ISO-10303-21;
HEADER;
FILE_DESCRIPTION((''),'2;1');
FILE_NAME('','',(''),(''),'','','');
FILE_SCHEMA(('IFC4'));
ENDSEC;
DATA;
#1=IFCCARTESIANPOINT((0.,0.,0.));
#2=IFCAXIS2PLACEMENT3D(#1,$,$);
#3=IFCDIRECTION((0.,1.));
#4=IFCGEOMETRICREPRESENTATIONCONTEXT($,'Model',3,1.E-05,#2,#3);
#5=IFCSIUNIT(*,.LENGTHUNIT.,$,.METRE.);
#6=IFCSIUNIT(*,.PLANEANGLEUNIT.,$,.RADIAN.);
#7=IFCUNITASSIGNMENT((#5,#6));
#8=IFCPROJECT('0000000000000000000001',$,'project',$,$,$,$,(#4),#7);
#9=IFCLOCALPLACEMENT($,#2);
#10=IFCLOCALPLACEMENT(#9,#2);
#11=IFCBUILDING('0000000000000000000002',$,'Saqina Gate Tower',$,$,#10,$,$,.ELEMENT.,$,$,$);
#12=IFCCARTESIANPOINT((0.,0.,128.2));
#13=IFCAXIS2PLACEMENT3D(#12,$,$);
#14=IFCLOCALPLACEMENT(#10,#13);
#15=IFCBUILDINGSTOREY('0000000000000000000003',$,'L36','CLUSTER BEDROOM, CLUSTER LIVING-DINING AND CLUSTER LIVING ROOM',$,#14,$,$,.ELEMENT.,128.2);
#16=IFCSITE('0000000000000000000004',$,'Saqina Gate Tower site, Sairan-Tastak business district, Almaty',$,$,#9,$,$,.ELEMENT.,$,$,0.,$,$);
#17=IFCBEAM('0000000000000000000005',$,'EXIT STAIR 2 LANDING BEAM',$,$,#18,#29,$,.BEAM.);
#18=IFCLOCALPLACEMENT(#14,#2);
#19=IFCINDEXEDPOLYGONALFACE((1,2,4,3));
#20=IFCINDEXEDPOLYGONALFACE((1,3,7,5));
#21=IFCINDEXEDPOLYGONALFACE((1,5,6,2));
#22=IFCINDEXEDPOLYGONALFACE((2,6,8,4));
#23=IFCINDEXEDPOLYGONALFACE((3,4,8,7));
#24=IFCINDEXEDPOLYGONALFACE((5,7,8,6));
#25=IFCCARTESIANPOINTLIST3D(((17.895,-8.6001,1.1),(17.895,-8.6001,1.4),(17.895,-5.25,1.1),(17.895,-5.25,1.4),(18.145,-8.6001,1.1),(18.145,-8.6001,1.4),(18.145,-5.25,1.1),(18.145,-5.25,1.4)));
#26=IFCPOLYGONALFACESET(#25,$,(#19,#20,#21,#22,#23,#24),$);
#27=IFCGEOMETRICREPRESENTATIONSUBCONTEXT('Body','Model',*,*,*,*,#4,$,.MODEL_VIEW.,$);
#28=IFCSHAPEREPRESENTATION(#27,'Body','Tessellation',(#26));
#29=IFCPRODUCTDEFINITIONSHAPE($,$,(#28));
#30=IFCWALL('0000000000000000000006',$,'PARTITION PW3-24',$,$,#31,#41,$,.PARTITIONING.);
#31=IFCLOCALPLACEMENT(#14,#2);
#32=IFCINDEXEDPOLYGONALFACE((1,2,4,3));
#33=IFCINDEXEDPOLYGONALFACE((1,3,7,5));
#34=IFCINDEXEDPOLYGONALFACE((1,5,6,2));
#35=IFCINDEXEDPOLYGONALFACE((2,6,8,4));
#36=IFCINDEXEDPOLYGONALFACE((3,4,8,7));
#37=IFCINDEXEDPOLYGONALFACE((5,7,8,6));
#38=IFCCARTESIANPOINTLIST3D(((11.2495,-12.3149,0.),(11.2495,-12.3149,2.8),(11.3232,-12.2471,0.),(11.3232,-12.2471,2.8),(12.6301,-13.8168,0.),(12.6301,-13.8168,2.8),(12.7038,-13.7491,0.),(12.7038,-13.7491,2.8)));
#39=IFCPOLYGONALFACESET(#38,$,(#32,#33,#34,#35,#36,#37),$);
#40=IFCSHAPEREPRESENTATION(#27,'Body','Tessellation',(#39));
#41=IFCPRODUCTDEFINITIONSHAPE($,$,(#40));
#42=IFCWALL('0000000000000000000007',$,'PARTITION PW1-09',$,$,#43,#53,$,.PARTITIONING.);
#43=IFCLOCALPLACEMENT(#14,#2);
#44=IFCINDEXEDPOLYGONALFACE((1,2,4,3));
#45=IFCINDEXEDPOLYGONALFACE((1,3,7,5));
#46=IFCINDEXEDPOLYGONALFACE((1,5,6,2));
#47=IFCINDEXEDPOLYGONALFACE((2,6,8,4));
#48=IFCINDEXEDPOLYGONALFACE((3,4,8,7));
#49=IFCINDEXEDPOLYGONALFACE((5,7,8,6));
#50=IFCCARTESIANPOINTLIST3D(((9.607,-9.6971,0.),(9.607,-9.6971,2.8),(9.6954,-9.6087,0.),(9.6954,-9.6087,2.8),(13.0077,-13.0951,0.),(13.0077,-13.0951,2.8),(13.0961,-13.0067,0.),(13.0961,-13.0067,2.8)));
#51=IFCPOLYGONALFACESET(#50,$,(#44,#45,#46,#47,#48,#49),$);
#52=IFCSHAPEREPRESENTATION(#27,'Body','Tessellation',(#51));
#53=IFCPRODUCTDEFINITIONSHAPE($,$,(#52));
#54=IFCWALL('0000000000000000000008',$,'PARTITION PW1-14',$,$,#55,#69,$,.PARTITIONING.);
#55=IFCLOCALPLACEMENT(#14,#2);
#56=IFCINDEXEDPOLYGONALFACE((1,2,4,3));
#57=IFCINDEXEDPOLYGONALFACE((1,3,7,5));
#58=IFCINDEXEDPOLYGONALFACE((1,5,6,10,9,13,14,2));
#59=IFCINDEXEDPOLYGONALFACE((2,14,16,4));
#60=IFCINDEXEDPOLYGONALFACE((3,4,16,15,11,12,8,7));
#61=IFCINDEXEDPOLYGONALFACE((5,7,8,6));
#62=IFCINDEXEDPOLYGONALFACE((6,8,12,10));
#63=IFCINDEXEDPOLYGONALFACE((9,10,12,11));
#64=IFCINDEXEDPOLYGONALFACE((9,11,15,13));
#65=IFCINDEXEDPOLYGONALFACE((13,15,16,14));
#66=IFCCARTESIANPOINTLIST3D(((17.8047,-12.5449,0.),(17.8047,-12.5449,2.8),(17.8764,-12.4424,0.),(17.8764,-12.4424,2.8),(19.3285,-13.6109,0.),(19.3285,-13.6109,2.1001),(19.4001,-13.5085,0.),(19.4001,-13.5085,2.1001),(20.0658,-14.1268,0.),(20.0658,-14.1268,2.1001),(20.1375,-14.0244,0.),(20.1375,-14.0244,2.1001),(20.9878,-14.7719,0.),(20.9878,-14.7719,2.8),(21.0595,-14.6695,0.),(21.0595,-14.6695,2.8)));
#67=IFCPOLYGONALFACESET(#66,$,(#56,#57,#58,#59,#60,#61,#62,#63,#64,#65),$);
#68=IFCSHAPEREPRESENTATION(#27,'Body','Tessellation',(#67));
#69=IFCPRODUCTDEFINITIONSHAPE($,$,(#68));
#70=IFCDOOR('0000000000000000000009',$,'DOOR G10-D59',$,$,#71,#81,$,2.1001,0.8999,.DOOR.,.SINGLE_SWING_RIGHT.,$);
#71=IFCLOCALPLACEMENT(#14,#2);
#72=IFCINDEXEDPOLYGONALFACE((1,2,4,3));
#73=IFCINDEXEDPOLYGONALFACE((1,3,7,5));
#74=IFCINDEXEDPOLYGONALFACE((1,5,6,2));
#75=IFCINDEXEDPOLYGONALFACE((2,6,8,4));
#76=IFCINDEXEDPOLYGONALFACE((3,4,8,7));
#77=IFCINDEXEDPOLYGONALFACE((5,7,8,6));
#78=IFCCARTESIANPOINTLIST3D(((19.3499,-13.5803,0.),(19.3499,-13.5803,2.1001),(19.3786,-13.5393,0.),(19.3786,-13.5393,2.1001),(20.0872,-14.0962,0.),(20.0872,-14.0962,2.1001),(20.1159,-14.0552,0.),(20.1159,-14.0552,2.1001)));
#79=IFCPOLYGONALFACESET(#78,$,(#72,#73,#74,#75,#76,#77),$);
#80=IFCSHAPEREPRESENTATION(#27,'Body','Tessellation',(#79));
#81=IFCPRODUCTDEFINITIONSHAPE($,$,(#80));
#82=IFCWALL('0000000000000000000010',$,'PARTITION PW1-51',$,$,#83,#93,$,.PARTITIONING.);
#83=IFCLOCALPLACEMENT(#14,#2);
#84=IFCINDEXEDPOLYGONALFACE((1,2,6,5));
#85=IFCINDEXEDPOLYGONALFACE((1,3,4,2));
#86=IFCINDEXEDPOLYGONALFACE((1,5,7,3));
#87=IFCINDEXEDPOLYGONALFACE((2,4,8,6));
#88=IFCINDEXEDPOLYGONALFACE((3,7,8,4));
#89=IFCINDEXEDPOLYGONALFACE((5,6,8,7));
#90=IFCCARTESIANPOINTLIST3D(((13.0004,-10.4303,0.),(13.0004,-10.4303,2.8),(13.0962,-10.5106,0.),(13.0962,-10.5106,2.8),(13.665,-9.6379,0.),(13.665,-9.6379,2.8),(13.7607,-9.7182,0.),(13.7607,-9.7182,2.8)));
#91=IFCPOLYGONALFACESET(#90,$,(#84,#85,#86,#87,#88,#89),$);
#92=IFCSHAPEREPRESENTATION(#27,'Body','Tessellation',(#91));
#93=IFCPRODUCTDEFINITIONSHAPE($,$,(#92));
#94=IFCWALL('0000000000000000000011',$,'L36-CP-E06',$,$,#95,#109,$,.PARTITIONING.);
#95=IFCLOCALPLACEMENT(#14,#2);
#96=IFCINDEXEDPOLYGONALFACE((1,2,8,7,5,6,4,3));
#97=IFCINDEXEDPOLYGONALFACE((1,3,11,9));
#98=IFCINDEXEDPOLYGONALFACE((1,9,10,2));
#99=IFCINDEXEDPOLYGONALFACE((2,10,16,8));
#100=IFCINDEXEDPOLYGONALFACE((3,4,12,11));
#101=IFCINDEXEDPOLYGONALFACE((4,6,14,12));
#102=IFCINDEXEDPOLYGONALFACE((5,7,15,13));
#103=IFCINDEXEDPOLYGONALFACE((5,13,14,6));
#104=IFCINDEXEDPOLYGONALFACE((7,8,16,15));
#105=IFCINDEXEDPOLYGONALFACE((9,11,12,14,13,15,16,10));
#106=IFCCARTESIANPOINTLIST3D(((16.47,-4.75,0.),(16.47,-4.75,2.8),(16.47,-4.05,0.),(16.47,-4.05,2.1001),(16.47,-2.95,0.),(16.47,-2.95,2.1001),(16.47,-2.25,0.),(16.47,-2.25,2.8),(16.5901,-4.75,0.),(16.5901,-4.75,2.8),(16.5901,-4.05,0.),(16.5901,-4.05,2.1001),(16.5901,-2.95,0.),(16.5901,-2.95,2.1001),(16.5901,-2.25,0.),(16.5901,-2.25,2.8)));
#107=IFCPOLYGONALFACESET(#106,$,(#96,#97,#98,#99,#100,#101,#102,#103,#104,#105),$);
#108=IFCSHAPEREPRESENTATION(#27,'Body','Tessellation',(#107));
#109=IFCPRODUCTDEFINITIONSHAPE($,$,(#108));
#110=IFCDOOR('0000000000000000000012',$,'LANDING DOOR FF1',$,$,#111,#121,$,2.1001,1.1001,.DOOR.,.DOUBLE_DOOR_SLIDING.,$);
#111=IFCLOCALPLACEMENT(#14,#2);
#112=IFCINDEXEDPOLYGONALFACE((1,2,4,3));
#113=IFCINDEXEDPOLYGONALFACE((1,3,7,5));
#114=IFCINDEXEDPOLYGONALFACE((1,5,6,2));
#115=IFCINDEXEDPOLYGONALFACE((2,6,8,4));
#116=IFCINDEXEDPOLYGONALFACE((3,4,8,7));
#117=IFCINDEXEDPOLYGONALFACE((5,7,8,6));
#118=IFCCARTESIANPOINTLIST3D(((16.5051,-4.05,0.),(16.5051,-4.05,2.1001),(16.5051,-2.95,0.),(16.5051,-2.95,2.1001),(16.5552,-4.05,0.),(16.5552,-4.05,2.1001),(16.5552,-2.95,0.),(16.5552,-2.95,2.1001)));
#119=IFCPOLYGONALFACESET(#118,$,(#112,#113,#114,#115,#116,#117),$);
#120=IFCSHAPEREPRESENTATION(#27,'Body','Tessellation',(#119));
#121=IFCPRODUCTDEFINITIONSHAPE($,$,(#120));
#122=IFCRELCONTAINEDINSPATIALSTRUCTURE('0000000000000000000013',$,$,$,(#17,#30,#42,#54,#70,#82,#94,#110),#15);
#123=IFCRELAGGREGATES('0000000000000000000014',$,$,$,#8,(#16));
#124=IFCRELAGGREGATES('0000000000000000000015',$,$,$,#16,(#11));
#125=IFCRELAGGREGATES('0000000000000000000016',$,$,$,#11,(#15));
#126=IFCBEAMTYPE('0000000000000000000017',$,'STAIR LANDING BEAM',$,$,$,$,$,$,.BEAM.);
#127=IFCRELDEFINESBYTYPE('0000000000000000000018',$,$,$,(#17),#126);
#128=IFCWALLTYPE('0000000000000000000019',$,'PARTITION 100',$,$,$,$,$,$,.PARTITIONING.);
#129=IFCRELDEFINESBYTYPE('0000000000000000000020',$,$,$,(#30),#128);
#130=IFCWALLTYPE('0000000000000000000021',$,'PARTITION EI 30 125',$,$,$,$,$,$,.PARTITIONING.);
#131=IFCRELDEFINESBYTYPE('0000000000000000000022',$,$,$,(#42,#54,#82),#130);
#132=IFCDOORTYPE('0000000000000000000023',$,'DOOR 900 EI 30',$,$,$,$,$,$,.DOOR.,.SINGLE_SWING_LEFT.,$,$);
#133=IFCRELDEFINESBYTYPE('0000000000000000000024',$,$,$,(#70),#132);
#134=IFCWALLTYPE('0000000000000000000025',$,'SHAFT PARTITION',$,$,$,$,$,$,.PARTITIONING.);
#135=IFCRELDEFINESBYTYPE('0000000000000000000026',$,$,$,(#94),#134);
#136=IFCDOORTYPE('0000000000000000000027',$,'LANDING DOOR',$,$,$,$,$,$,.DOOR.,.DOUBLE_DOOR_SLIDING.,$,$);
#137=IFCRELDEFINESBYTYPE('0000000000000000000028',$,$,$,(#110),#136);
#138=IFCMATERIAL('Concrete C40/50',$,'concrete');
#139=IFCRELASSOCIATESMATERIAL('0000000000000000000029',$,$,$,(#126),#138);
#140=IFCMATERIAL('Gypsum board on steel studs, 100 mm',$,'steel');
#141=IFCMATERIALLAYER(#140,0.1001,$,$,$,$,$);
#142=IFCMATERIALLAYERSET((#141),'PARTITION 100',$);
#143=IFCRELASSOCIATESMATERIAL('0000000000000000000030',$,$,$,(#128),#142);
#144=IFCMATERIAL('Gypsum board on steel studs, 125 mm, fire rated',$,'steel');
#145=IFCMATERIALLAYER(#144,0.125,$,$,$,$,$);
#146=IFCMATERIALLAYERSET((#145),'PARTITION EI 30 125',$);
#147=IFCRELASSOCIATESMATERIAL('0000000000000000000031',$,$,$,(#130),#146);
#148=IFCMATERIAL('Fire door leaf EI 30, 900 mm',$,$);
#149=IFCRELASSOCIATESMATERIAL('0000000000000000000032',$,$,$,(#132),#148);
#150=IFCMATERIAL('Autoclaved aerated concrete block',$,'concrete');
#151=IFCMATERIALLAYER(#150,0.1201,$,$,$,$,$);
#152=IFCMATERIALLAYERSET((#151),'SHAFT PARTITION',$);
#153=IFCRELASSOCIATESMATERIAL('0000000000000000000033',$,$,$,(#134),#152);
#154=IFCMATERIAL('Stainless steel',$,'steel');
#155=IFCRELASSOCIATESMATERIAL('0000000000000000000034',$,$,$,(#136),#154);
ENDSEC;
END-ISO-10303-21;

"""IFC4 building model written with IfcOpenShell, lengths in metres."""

from ifc_helpers import new_model, si_unit, direction, frame, frame_2d, origin, origin_2d, place, context, subcontext, project, spatial, rectangle, extrude, material, layer, layer_set, material_profile, profile_set, type_object, element, fill, save


model = new_model("IFC4")

# Units and contexts
model_context = context("Model", 3, precision=1e-05, world=origin(), true_north=direction((0.0, 1.0)))
body_context = subcontext(model_context, "Body", "Model", "MODEL_VIEW")
ifc_project = project(units=[si_unit("LENGTHUNIT", "METRE"), si_unit("PLANEANGLEUNIT", "RADIAN")], contexts=[model_context])

# Site, building, storey
site_placement = place(None, origin())
site = spatial("IfcSite", under=ifc_project, at=site_placement, Name="Saqina Gate Tower site, Sairan-Tastak business district, Almaty", CompositionType="ELEMENT", RefElevation=0.0)
building_placement = place(site_placement, origin())
building = spatial("IfcBuilding", under=site, at=building_placement, Name="Saqina Gate Tower", CompositionType="ELEMENT")
storey_placement = place(building_placement, frame((0.0, 0.0, 128.2)))
storey = spatial("IfcBuildingStorey", under=building, at=storey_placement, Name="L36", Description="CLUSTER BEDROOM, CLUSTER LIVING-DINING AND CLUSTER LIVING ROOM", CompositionType="ELEMENT", Elevation=128.2)

# Beam
ifc_material_1 = material(Name="Concrete C40/50", Category="concrete")
ifc_material_profile = material_profile(ifc_material_1, rectangle(XDim=0.25, YDim=0.3, at=origin_2d()), Name="STAIR LANDING BEAM")
ifc_profile_set = profile_set([ifc_material_profile], Name="Concrete C40/50")
beam_type = type_object("IfcBeamType", Name="STAIR LANDING BEAM", PredefinedType="BEAM", material=ifc_profile_set)
beam_placement = place(storey_placement, frame((18.02, -8.6001, 1.25), z_axis=(0.0, 1.0, 0.0), x_axis=(-1.0, 0.0, 0.0)))
element("IfcBeam", 1, at=beam_placement, inside=storey, type_object=beam_type, Name="EXIT STAIR 2 LANDING BEAM", PredefinedType="BEAM", context=body_context, shape_type="SweptSolid", body=[
    extrude(rectangle(XDim=0.25, YDim=0.3, at=origin_2d()), origin(), (0.0, 0.0, 1.0), 3.3501),
])

# Walls
ifc_material_2 = material(Name="Gypsum board on steel studs, 100 mm", Category="steel")
ifc_layer_1 = layer(ifc_material_2, 0.1001)
ifc_layer_set_1 = layer_set([ifc_layer_1], Name="PARTITION 100")
wall_type_1 = type_object("IfcWallType", Name="PARTITION 100", PredefinedType="PARTITIONING", material=ifc_layer_set_1)
wall_1_placement = place(storey_placement, frame((11.2864, -12.281, 0.0), z_axis=(0.0, 0.0, 1.0), x_axis=(0.676743, -0.73622, 0.0)))
element("IfcWall", 2, at=wall_1_placement, inside=storey, type_object=wall_type_1, Name="PARTITION PW3-24", PredefinedType="PARTITIONING", context=body_context, shape_type="SweptSolid", body=[
    extrude(rectangle(XDim=2.04, YDim=0.1001, at=frame_2d((1.02, 0.0))), origin(), (0.0, 0.0, 1.0), 2.8),
])
ifc_material_3 = material(Name="Gypsum board on steel studs, 125 mm, fire rated", Category="steel")
ifc_layer_2 = layer(ifc_material_3, 0.125)
ifc_layer_set_2 = layer_set([ifc_layer_2], Name="PARTITION EI 30 125")
wall_type_2 = type_object("IfcWallType", Name="PARTITION EI 30 125", PredefinedType="PARTITIONING", material=ifc_layer_set_2)
wall_2_placement = place(storey_placement, frame((9.6511, -9.6528, 0.0), z_axis=(0.0, 0.0, 1.0), x_axis=(0.707386, -0.706827, 0.0)))
element("IfcWall", 3, at=wall_2_placement, inside=storey, type_object=wall_type_2, Name="PARTITION PW1-09", PredefinedType="PARTITIONING", context=body_context, shape_type="SweptSolid", body=[
    extrude(rectangle(XDim=4.8074, YDim=0.125, at=frame_2d((2.4038, 0.0))), origin(), (0.0, 0.0, 1.0), 2.8),
])

# Wall, opening, door
wall_3_placement = place(storey_placement, frame((17.8406, -12.4937, 0.0), z_axis=(0.0, 0.0, 1.0), x_axis=(0.819368, -0.573268, 0.0)))
wall_3 = element("IfcWall", 4, at=wall_3_placement, inside=storey, type_object=wall_type_2, Name="PARTITION PW1-14", PredefinedType="PARTITIONING", context=body_context, shape_type="SweptSolid", body=[
    extrude(rectangle(XDim=3.8848, YDim=0.125, at=frame_2d((1.9424, 0.0))), origin(), (0.0, 0.0, 1.0), 2.8),
])
opening_1_placement = place(wall_3_placement, frame((1.8596, 0.0, 0.0)))
opening_1 = element("IfcOpeningElement", 5, at=opening_1_placement, cuts=wall_3, PredefinedType="OPENING", context=body_context, shape_type="SweptSolid", body=[
    extrude(rectangle(XDim=0.8999, YDim=2.1001, at=frame_2d((0.45, 1.05))), frame((0.0, 0.0745, 0.0), z_axis=(0.0, -1.0, 0.0), x_axis=(1.0, 0.0, 0.0)), (0.0, 0.0, 1.0), 0.1489),
])
ifc_material_4 = material(Name="Fire door leaf EI 30, 900 mm")
door_type_1 = type_object("IfcDoorType", Name="DOOR 900 EI 30", OperationType="SINGLE_SWING_LEFT", PredefinedType="DOOR", material=ifc_material_4)
door_1_placement = place(opening_1_placement, origin())
door_1 = element("IfcDoor", 6, at=door_1_placement, inside=storey, type_object=door_type_1, Name="DOOR G10-D59", OperationType="SINGLE_SWING_RIGHT", OverallHeight=2.1001, OverallWidth=0.8999, PredefinedType="DOOR", context=body_context, shape_type="SweptSolid", body=[
    extrude(rectangle(XDim=0.8999, YDim=2.1001, at=frame_2d((0.45, 1.05))), frame((0.0, 0.0249, 0.0), z_axis=(0.0, -1.0, 0.0), x_axis=(1.0, 0.0, 0.0)), (0.0, 0.0, 1.0), 0.05),
])
fill(opening_1, door_1)

# Wall
wall_4_placement = place(storey_placement, frame((13.0483, -10.4705, 0.0), z_axis=(0.0, 0.0, 1.0), x_axis=(0.64255, 0.766244, 0.0)))
element("IfcWall", 7, at=wall_4_placement, inside=storey, type_object=wall_type_2, Name="PARTITION PW1-51", PredefinedType="PARTITIONING", context=body_context, shape_type="SweptSolid", body=[
    extrude(rectangle(XDim=1.0342, YDim=0.125, at=frame_2d((0.5171, 0.0))), origin(), (0.0, 0.0, 1.0), 2.8),
])

# Wall, opening, door
ifc_material_5 = material(Name="Autoclaved aerated concrete block", Category="concrete")
ifc_layer_3 = layer(ifc_material_5, 0.1201)
ifc_layer_set_3 = layer_set([ifc_layer_3], Name="SHAFT PARTITION")
wall_type_3 = type_object("IfcWallType", Name="SHAFT PARTITION", PredefinedType="PARTITIONING", material=ifc_layer_set_3)
wall_5_placement = place(storey_placement, frame((16.53, -4.75, 0.0), z_axis=(0.0, 0.0, 1.0), x_axis=(0.0, 1.0, 0.0)))
wall_5 = element("IfcWall", 8, at=wall_5_placement, inside=storey, type_object=wall_type_3, Name="L36-CP-E06", PredefinedType="PARTITIONING", context=body_context, shape_type="SweptSolid", body=[
    extrude(rectangle(XDim=2.5, YDim=0.1201, at=frame_2d((1.25, 0.0))), origin(), (0.0, 0.0, 1.0), 2.8),
])
opening_2_placement = place(wall_5_placement, frame((0.7, 0.0, 0.0)))
opening_2 = element("IfcOpeningElement", 9, at=opening_2_placement, cuts=wall_5, PredefinedType="OPENING", context=body_context, shape_type="SweptSolid", body=[
    extrude(rectangle(XDim=1.1001, YDim=2.1001, at=frame_2d((0.55, 1.05))), frame((0.0, 0.072, 0.0), z_axis=(0.0, -1.0, 0.0), x_axis=(1.0, 0.0, 0.0)), (0.0, 0.0, 1.0), 0.144),
])
ifc_material_6 = material(Name="Stainless steel", Category="steel")
door_type_2 = type_object("IfcDoorType", Name="LANDING DOOR", OperationType="DOUBLE_DOOR_SLIDING", PredefinedType="DOOR", material=ifc_material_6)
door_2_placement = place(opening_2_placement, origin())
door_2 = element("IfcDoor", 10, at=door_2_placement, inside=storey, type_object=door_type_2, Name="LANDING DOOR FF1", OperationType="DOUBLE_DOOR_SLIDING", OverallHeight=2.1001, OverallWidth=1.1001, PredefinedType="DOOR", context=body_context, shape_type="SweptSolid", body=[
    extrude(rectangle(XDim=1.1001, YDim=2.1001, at=frame_2d((0.55, 1.05))), frame((0.0, 0.0249, 0.0), z_axis=(0.0, -1.0, 0.0), x_axis=(1.0, 0.0, 0.0)), (0.0, 0.0, 1.0), 0.05),
])
fill(opening_2, door_2)

save(model, "model.ifc")
